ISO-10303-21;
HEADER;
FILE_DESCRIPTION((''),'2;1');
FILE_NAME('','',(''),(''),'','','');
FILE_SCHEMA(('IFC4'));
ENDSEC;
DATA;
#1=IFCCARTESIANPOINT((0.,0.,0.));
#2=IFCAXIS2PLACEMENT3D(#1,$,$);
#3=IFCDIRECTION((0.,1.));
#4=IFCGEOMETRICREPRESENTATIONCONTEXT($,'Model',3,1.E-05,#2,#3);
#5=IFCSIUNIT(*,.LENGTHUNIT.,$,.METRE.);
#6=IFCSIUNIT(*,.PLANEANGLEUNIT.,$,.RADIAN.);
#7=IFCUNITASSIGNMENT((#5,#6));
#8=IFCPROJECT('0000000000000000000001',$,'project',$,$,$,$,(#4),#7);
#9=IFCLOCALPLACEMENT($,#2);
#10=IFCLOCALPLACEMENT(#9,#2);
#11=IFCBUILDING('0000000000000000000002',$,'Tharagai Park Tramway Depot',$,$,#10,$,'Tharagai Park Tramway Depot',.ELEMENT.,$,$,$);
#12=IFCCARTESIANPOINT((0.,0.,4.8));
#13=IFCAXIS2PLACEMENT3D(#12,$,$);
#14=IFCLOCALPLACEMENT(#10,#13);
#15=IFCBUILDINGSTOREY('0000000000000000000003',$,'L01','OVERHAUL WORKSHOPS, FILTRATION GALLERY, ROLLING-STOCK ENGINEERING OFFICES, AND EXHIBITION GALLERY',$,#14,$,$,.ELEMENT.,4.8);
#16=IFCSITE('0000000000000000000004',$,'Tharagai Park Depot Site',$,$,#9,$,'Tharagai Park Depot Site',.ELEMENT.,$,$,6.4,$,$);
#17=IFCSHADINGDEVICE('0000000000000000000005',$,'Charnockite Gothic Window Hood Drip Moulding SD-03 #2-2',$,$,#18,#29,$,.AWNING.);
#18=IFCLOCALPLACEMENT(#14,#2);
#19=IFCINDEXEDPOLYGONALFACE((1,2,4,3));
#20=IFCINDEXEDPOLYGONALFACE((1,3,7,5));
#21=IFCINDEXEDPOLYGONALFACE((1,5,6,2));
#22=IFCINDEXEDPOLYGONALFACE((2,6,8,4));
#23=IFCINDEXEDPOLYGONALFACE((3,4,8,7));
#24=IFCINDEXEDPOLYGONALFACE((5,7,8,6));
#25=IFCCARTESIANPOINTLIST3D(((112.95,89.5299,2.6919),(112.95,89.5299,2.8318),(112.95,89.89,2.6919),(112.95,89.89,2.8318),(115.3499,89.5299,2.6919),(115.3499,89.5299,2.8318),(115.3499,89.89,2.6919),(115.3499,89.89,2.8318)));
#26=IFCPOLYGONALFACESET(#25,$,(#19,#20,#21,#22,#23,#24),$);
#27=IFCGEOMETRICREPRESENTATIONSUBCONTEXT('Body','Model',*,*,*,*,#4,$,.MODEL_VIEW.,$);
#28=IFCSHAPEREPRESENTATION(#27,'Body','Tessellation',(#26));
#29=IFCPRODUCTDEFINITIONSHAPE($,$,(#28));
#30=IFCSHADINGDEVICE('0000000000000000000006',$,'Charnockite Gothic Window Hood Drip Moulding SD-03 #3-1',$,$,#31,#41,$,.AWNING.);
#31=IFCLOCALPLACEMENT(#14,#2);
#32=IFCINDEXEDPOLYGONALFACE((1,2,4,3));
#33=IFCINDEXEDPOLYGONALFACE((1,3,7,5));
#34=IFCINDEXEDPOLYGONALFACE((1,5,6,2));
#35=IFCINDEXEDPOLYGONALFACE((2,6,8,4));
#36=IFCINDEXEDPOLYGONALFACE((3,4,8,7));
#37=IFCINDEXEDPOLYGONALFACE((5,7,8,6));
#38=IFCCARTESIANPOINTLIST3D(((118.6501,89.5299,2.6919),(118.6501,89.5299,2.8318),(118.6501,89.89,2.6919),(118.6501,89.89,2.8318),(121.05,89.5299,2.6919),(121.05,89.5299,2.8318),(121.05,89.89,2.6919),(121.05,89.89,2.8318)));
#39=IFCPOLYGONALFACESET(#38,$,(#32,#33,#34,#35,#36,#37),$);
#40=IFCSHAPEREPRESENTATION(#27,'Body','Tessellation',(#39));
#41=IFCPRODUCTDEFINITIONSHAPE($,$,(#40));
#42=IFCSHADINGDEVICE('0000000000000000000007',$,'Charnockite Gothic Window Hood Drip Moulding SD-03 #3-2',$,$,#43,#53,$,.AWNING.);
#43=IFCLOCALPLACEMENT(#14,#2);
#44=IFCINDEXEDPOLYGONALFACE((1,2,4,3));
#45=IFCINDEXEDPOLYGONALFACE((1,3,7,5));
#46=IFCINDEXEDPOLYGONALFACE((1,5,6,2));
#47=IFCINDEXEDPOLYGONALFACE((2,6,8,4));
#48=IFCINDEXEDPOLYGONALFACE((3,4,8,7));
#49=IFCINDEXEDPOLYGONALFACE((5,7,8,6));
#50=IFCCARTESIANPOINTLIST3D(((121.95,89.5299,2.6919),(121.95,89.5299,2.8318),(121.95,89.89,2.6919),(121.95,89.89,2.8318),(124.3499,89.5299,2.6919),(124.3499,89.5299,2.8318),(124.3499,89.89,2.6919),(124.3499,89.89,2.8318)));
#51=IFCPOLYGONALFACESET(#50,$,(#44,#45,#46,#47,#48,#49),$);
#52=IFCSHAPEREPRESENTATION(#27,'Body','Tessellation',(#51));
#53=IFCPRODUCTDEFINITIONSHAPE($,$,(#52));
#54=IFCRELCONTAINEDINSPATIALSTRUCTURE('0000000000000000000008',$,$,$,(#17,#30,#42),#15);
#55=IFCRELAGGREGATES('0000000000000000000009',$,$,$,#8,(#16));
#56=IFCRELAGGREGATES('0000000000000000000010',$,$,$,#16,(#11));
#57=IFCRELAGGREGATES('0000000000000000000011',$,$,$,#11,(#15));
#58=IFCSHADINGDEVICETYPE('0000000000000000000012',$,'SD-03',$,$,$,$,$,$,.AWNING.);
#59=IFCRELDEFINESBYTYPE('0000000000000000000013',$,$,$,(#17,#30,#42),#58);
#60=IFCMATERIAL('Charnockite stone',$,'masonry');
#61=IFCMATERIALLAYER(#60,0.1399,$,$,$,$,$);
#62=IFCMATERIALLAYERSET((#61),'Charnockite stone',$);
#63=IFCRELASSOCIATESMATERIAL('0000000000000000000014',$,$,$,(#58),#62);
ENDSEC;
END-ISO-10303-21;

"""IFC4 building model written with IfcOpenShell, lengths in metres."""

from ifc_helpers import new_model, si_unit, direction, frame, origin, origin_2d, place, context, subcontext, project, spatial, rectangle, extrude, material, layer, layer_set, type_object, element, save


model = new_model("IFC4")

# Units and contexts
model_context = context("Model", 3, precision=1e-05, world=origin(), true_north=direction((0.0, 1.0)))
body_context = subcontext(model_context, "Body", "Model", "MODEL_VIEW")
ifc_project = project(units=[si_unit("LENGTHUNIT", "METRE"), si_unit("PLANEANGLEUNIT", "RADIAN")], contexts=[model_context])

# Site, building, storey
site_placement = place(None, origin())
site = spatial("IfcSite", under=ifc_project, at=site_placement, Name="Tharagai Park Depot Site", LongName="Tharagai Park Depot Site", CompositionType="ELEMENT", RefElevation=6.4)
building_placement = place(site_placement, origin())
building = spatial("IfcBuilding", under=site, at=building_placement, Name="Tharagai Park Tramway Depot", LongName="Tharagai Park Tramway Depot", CompositionType="ELEMENT")
storey_placement = place(building_placement, frame((0.0, 0.0, 4.8)))
storey = spatial("IfcBuildingStorey", under=building, at=storey_placement, Name="L01", Description="OVERHAUL WORKSHOPS, FILTRATION GALLERY, ROLLING-STOCK ENGINEERING OFFICES, AND EXHIBITION GALLERY", CompositionType="ELEMENT", Elevation=4.8)

# Shared definitions
ifc_material_1 = material(Name="Charnockite stone", Category="masonry")

# Shading devices
ifc_layer_1 = layer(ifc_material_1, 0.1399)
ifc_layer_set_1 = layer_set([ifc_layer_1], Name="Charnockite stone")
shading_device_type_1 = type_object("IfcShadingDeviceType", Name="SD-03", PredefinedType="AWNING", material=ifc_layer_set_1)
for number, where, z_axis, x_axis, name in (
    (1, (114.1499, 89.71, 2.6919), (0.0, 0.0, 1.0), (1.0, 0.0, 0.0), "Charnockite Gothic Window Hood Drip Moulding SD-03 #2-2"),
    (2, (119.8501, 89.71, 2.6919), (0.0, 0.0, 1.0), (1.0, 0.0, 0.0), "Charnockite Gothic Window Hood Drip Moulding SD-03 #3-1"),
    (3, (123.1499, 89.71, 2.6919), (0.0, 0.0, 1.0), (1.0, 0.0, 0.0), "Charnockite Gothic Window Hood Drip Moulding SD-03 #3-2"),
):
    element("IfcShadingDevice", number, at=place(storey_placement, frame(where, z_axis=z_axis, x_axis=x_axis)), inside=storey, type_object=shading_device_type_1, Name=name, PredefinedType="AWNING", context=body_context, shape_type="SweptSolid", body=[
        extrude(rectangle(XDim=2.3999, YDim=0.3601, at=origin_2d()), origin(), (0.0, 0.0, 1.0), 0.1399),
    ])

save(model, "model.ifc")
